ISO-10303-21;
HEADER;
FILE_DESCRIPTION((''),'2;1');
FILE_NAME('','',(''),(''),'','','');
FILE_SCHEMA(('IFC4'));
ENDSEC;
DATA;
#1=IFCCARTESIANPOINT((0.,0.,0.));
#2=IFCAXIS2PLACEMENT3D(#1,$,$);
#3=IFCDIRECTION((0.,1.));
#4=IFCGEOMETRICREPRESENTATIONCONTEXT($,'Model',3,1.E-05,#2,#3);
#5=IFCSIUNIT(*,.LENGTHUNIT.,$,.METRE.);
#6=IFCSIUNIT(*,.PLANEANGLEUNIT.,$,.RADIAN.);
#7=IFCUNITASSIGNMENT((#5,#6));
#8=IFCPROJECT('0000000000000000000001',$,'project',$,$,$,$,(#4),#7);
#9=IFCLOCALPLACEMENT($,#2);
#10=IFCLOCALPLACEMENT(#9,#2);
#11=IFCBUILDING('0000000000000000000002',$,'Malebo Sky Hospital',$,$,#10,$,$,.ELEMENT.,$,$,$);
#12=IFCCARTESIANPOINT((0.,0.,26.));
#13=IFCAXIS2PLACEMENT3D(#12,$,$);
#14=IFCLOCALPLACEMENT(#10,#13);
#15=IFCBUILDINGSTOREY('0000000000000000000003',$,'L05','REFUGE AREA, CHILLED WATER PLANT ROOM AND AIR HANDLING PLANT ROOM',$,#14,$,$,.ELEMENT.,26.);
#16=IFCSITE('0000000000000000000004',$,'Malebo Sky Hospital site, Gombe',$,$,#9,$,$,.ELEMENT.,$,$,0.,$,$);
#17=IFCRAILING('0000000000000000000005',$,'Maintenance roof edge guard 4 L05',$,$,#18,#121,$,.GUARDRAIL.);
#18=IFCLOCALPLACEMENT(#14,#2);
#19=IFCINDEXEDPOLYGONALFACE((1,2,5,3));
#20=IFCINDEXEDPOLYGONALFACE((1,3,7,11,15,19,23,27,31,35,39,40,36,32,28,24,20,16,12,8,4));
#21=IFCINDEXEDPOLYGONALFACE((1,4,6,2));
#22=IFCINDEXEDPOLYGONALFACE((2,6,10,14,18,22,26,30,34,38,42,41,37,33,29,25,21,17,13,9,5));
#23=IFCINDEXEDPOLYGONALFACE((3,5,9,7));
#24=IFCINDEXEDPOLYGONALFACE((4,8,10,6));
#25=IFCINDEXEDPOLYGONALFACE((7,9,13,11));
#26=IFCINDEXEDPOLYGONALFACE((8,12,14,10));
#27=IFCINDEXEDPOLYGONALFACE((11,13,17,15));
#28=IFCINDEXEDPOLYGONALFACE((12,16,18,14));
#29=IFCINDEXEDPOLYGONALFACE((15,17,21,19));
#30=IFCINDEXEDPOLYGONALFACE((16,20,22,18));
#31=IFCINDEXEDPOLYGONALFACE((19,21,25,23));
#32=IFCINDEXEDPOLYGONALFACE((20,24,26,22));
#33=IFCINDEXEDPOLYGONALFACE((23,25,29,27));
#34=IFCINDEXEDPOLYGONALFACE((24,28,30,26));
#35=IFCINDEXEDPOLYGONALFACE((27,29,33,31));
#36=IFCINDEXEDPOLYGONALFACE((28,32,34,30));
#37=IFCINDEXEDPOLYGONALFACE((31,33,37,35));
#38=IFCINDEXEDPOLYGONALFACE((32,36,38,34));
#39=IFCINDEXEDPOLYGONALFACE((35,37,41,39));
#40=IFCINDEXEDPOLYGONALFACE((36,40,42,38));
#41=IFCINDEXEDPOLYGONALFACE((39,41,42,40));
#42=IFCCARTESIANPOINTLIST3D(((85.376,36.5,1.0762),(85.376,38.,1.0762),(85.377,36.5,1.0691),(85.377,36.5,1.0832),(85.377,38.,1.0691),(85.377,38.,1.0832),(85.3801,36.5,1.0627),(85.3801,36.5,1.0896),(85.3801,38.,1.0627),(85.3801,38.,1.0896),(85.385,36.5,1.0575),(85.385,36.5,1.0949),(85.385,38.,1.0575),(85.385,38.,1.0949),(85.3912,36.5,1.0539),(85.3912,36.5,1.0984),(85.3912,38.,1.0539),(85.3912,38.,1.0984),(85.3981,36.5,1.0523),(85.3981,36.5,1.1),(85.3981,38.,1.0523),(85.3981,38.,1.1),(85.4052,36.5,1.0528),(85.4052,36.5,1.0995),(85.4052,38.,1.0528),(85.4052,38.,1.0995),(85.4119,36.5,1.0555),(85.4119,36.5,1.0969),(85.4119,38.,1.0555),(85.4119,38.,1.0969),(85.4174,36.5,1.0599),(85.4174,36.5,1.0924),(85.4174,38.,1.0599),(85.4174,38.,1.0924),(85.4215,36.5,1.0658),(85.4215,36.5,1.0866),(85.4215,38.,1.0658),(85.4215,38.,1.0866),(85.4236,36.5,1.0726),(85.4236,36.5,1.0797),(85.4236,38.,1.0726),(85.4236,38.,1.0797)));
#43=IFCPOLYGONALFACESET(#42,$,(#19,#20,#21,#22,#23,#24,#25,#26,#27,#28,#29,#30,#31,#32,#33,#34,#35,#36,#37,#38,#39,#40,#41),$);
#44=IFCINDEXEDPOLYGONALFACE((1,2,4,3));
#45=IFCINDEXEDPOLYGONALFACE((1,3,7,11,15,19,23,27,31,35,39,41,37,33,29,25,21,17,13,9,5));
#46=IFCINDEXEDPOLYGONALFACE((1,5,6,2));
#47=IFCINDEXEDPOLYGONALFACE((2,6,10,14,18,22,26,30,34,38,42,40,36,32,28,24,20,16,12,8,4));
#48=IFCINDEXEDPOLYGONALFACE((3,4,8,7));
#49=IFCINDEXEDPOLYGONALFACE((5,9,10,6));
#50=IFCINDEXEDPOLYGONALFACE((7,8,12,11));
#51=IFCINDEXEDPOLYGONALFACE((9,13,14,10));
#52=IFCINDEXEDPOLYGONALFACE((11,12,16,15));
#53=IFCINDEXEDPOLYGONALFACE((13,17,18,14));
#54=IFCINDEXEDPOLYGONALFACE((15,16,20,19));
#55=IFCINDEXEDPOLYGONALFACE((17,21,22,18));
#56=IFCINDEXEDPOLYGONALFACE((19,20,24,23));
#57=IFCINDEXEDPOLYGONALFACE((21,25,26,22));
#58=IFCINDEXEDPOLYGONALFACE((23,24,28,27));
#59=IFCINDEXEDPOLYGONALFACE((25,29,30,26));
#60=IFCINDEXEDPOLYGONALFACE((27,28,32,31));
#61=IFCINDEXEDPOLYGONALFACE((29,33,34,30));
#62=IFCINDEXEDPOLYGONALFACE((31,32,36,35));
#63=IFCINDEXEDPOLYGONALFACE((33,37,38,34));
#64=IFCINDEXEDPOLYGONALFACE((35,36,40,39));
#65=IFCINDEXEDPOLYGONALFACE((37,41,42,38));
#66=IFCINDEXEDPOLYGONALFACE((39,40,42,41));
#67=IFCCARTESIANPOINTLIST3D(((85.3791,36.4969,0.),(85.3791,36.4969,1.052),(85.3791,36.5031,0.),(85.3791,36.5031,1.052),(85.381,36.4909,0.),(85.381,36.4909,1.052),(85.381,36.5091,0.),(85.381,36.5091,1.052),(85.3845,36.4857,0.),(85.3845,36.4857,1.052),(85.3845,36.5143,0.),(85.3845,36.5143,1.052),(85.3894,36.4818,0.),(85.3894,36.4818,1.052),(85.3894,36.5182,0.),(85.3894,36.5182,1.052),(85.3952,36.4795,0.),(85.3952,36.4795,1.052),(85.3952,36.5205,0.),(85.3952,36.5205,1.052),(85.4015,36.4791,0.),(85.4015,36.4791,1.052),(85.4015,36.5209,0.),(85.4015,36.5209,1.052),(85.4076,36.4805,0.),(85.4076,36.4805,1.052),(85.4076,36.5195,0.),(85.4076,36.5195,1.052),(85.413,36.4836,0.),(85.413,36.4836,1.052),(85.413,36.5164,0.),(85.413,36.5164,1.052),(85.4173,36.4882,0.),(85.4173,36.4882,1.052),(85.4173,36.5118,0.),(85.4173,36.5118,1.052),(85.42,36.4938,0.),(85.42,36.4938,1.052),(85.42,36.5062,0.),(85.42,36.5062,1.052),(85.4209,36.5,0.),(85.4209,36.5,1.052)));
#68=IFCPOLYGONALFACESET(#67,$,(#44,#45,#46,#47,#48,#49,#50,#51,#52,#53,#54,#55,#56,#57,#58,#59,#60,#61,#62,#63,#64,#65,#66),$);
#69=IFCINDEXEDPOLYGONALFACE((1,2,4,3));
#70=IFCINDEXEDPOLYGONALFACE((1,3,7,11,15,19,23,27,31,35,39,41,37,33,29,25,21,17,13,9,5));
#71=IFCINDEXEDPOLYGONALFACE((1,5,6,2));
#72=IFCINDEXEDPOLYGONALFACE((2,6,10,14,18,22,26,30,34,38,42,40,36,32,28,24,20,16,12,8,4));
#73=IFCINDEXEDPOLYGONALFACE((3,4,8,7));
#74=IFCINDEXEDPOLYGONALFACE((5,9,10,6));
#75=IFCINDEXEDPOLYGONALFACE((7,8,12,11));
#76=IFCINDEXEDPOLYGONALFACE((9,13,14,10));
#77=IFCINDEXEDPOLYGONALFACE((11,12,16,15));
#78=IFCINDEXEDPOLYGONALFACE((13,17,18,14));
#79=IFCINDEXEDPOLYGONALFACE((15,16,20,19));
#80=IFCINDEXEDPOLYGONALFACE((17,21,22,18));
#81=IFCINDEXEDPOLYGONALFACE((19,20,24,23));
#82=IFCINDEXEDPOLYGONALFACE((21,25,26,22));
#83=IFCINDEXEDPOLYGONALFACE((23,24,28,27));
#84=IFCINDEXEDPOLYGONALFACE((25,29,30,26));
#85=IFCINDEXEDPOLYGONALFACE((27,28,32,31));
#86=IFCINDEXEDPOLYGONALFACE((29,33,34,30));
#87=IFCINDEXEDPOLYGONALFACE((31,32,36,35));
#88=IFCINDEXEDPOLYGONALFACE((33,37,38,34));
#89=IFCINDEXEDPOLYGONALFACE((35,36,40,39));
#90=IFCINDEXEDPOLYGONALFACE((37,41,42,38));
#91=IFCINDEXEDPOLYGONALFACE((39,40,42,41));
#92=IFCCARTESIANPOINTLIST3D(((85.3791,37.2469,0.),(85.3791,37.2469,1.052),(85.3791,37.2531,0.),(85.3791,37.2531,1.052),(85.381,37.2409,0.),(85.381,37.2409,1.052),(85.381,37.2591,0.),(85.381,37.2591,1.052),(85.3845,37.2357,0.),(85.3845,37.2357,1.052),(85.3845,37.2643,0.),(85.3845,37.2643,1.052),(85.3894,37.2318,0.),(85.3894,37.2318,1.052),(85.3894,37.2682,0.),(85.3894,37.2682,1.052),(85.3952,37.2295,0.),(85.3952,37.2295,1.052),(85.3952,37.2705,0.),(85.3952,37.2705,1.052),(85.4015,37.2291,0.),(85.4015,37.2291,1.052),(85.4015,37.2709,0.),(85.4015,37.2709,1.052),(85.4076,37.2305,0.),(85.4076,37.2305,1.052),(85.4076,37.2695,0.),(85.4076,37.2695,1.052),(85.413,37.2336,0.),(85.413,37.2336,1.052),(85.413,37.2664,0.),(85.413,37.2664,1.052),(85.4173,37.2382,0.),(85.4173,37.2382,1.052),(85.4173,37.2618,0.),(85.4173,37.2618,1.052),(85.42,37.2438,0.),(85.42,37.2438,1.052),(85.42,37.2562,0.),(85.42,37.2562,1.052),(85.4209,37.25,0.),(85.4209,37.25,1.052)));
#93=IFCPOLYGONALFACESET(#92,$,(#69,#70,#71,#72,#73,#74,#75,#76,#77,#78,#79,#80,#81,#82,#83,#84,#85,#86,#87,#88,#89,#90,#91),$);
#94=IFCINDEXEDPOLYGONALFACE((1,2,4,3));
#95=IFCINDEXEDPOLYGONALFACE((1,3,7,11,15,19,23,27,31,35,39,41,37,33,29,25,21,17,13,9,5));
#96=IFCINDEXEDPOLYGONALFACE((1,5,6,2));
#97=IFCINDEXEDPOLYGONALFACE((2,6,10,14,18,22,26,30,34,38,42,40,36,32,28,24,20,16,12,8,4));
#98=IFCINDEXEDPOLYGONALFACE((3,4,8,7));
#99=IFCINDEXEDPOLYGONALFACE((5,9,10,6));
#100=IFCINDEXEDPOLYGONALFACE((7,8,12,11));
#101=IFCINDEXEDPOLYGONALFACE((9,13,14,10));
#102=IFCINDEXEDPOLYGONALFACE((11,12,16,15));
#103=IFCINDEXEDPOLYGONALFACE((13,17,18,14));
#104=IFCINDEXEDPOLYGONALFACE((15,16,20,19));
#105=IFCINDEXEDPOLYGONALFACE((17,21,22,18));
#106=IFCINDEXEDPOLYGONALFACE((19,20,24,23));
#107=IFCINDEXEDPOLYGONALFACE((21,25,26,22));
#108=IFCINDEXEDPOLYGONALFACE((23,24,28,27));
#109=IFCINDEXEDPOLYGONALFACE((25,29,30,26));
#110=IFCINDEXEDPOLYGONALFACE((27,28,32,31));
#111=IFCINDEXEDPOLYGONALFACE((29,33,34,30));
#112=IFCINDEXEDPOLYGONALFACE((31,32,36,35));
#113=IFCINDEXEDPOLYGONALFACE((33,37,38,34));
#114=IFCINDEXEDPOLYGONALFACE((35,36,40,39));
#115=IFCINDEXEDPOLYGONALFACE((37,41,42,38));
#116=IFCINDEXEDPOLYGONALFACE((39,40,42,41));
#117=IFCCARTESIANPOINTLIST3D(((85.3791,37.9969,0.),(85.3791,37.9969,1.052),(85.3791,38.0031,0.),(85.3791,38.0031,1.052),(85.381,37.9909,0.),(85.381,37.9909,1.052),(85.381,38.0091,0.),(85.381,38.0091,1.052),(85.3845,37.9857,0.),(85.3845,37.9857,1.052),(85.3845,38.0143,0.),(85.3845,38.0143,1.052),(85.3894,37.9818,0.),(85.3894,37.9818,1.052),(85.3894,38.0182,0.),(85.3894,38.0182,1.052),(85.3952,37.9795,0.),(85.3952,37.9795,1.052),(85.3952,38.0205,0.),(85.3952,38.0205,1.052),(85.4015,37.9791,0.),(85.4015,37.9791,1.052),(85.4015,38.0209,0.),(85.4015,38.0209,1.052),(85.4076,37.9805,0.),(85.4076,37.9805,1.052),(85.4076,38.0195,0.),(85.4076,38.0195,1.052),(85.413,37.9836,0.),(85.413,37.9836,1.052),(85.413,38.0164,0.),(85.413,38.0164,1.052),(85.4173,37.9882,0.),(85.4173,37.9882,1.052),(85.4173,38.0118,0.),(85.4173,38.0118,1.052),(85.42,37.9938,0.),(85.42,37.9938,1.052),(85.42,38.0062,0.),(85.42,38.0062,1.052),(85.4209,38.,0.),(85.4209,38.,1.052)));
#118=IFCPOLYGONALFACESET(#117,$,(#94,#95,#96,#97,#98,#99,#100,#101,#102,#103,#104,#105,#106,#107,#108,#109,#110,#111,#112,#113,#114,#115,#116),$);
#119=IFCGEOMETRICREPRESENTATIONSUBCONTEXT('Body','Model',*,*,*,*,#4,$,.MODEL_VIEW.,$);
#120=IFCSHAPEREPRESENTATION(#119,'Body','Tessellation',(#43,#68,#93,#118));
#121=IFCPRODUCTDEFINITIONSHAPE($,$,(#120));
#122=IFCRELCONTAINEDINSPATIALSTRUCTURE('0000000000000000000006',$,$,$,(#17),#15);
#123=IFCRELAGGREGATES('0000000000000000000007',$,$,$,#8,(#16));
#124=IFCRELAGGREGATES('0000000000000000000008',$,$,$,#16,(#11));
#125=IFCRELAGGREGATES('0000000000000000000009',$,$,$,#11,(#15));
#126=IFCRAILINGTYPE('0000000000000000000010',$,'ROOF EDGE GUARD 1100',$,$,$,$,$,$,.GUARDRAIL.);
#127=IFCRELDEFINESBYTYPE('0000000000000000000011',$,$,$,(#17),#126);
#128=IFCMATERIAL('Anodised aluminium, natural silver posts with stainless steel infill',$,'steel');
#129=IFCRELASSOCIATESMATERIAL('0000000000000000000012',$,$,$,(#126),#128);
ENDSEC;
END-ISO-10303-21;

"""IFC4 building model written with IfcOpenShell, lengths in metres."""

from ifc_helpers import new_model, si_unit, direction, frame, origin, origin_2d, place, context, subcontext, project, spatial, circle, extrude, material, type_object, element, save


model = new_model("IFC4")

# Units and contexts
model_context = context("Model", 3, precision=1e-05, world=origin(), true_north=direction((0.0, 1.0)))
body_context = subcontext(model_context, "Body", "Model", "MODEL_VIEW")
ifc_project = project(units=[si_unit("LENGTHUNIT", "METRE"), si_unit("PLANEANGLEUNIT", "RADIAN")], contexts=[model_context])

# Site, building, storey
site_placement = place(None, origin())
site = spatial("IfcSite", under=ifc_project, at=site_placement, Name="Malebo Sky Hospital site, Gombe", CompositionType="ELEMENT", RefElevation=0.0)
building_placement = place(site_placement, origin())
building = spatial("IfcBuilding", under=site, at=building_placement, Name="Malebo Sky Hospital", CompositionType="ELEMENT")
storey_placement = place(building_placement, frame((0.0, 0.0, 26.0)))
storey = spatial("IfcBuildingStorey", under=building, at=storey_placement, Name="L05", Description="REFUGE AREA, CHILLED WATER PLANT ROOM AND AIR HANDLING PLANT ROOM", CompositionType="ELEMENT", Elevation=26.0)

# Railing
ifc_material_1 = material(Name="Anodised aluminium, natural silver posts with stainless steel infill", Category="steel")
railing_type = type_object("IfcRailingType", Name="ROOF EDGE GUARD 1100", PredefinedType="GUARDRAIL", material=ifc_material_1)
railing_1_placement = place(storey_placement, frame((85.3999, 36.5, 0.0)))
element("IfcRailing", 1, at=railing_1_placement, inside=storey, type_object=railing_type, Name="Maintenance roof edge guard 4 L05", PredefinedType="GUARDRAIL", context=body_context, shape_type="SweptSolid", body=[
    extrude(circle(Radius=0.0239, at=origin_2d()), frame((0.0, 0.0, 1.0762), z_axis=(0.0, 1.0, 0.0), x_axis=(-1.0, 0.0, 0.0)), (0.0, 0.0, 1.0), 1.5),
    extrude(circle(Radius=0.021, at=origin_2d()), origin(), (0.0, 0.0, 1.0), 1.052),
    extrude(circle(Radius=0.021, at=origin_2d()), frame((0.0, 0.75, 0.0)), (0.0, 0.0, 1.0), 1.052),
    extrude(circle(Radius=0.021, at=origin_2d()), frame((0.0, 1.5, 0.0)), (0.0, 0.0, 1.0), 1.052),
])

save(model, "model.ifc")
